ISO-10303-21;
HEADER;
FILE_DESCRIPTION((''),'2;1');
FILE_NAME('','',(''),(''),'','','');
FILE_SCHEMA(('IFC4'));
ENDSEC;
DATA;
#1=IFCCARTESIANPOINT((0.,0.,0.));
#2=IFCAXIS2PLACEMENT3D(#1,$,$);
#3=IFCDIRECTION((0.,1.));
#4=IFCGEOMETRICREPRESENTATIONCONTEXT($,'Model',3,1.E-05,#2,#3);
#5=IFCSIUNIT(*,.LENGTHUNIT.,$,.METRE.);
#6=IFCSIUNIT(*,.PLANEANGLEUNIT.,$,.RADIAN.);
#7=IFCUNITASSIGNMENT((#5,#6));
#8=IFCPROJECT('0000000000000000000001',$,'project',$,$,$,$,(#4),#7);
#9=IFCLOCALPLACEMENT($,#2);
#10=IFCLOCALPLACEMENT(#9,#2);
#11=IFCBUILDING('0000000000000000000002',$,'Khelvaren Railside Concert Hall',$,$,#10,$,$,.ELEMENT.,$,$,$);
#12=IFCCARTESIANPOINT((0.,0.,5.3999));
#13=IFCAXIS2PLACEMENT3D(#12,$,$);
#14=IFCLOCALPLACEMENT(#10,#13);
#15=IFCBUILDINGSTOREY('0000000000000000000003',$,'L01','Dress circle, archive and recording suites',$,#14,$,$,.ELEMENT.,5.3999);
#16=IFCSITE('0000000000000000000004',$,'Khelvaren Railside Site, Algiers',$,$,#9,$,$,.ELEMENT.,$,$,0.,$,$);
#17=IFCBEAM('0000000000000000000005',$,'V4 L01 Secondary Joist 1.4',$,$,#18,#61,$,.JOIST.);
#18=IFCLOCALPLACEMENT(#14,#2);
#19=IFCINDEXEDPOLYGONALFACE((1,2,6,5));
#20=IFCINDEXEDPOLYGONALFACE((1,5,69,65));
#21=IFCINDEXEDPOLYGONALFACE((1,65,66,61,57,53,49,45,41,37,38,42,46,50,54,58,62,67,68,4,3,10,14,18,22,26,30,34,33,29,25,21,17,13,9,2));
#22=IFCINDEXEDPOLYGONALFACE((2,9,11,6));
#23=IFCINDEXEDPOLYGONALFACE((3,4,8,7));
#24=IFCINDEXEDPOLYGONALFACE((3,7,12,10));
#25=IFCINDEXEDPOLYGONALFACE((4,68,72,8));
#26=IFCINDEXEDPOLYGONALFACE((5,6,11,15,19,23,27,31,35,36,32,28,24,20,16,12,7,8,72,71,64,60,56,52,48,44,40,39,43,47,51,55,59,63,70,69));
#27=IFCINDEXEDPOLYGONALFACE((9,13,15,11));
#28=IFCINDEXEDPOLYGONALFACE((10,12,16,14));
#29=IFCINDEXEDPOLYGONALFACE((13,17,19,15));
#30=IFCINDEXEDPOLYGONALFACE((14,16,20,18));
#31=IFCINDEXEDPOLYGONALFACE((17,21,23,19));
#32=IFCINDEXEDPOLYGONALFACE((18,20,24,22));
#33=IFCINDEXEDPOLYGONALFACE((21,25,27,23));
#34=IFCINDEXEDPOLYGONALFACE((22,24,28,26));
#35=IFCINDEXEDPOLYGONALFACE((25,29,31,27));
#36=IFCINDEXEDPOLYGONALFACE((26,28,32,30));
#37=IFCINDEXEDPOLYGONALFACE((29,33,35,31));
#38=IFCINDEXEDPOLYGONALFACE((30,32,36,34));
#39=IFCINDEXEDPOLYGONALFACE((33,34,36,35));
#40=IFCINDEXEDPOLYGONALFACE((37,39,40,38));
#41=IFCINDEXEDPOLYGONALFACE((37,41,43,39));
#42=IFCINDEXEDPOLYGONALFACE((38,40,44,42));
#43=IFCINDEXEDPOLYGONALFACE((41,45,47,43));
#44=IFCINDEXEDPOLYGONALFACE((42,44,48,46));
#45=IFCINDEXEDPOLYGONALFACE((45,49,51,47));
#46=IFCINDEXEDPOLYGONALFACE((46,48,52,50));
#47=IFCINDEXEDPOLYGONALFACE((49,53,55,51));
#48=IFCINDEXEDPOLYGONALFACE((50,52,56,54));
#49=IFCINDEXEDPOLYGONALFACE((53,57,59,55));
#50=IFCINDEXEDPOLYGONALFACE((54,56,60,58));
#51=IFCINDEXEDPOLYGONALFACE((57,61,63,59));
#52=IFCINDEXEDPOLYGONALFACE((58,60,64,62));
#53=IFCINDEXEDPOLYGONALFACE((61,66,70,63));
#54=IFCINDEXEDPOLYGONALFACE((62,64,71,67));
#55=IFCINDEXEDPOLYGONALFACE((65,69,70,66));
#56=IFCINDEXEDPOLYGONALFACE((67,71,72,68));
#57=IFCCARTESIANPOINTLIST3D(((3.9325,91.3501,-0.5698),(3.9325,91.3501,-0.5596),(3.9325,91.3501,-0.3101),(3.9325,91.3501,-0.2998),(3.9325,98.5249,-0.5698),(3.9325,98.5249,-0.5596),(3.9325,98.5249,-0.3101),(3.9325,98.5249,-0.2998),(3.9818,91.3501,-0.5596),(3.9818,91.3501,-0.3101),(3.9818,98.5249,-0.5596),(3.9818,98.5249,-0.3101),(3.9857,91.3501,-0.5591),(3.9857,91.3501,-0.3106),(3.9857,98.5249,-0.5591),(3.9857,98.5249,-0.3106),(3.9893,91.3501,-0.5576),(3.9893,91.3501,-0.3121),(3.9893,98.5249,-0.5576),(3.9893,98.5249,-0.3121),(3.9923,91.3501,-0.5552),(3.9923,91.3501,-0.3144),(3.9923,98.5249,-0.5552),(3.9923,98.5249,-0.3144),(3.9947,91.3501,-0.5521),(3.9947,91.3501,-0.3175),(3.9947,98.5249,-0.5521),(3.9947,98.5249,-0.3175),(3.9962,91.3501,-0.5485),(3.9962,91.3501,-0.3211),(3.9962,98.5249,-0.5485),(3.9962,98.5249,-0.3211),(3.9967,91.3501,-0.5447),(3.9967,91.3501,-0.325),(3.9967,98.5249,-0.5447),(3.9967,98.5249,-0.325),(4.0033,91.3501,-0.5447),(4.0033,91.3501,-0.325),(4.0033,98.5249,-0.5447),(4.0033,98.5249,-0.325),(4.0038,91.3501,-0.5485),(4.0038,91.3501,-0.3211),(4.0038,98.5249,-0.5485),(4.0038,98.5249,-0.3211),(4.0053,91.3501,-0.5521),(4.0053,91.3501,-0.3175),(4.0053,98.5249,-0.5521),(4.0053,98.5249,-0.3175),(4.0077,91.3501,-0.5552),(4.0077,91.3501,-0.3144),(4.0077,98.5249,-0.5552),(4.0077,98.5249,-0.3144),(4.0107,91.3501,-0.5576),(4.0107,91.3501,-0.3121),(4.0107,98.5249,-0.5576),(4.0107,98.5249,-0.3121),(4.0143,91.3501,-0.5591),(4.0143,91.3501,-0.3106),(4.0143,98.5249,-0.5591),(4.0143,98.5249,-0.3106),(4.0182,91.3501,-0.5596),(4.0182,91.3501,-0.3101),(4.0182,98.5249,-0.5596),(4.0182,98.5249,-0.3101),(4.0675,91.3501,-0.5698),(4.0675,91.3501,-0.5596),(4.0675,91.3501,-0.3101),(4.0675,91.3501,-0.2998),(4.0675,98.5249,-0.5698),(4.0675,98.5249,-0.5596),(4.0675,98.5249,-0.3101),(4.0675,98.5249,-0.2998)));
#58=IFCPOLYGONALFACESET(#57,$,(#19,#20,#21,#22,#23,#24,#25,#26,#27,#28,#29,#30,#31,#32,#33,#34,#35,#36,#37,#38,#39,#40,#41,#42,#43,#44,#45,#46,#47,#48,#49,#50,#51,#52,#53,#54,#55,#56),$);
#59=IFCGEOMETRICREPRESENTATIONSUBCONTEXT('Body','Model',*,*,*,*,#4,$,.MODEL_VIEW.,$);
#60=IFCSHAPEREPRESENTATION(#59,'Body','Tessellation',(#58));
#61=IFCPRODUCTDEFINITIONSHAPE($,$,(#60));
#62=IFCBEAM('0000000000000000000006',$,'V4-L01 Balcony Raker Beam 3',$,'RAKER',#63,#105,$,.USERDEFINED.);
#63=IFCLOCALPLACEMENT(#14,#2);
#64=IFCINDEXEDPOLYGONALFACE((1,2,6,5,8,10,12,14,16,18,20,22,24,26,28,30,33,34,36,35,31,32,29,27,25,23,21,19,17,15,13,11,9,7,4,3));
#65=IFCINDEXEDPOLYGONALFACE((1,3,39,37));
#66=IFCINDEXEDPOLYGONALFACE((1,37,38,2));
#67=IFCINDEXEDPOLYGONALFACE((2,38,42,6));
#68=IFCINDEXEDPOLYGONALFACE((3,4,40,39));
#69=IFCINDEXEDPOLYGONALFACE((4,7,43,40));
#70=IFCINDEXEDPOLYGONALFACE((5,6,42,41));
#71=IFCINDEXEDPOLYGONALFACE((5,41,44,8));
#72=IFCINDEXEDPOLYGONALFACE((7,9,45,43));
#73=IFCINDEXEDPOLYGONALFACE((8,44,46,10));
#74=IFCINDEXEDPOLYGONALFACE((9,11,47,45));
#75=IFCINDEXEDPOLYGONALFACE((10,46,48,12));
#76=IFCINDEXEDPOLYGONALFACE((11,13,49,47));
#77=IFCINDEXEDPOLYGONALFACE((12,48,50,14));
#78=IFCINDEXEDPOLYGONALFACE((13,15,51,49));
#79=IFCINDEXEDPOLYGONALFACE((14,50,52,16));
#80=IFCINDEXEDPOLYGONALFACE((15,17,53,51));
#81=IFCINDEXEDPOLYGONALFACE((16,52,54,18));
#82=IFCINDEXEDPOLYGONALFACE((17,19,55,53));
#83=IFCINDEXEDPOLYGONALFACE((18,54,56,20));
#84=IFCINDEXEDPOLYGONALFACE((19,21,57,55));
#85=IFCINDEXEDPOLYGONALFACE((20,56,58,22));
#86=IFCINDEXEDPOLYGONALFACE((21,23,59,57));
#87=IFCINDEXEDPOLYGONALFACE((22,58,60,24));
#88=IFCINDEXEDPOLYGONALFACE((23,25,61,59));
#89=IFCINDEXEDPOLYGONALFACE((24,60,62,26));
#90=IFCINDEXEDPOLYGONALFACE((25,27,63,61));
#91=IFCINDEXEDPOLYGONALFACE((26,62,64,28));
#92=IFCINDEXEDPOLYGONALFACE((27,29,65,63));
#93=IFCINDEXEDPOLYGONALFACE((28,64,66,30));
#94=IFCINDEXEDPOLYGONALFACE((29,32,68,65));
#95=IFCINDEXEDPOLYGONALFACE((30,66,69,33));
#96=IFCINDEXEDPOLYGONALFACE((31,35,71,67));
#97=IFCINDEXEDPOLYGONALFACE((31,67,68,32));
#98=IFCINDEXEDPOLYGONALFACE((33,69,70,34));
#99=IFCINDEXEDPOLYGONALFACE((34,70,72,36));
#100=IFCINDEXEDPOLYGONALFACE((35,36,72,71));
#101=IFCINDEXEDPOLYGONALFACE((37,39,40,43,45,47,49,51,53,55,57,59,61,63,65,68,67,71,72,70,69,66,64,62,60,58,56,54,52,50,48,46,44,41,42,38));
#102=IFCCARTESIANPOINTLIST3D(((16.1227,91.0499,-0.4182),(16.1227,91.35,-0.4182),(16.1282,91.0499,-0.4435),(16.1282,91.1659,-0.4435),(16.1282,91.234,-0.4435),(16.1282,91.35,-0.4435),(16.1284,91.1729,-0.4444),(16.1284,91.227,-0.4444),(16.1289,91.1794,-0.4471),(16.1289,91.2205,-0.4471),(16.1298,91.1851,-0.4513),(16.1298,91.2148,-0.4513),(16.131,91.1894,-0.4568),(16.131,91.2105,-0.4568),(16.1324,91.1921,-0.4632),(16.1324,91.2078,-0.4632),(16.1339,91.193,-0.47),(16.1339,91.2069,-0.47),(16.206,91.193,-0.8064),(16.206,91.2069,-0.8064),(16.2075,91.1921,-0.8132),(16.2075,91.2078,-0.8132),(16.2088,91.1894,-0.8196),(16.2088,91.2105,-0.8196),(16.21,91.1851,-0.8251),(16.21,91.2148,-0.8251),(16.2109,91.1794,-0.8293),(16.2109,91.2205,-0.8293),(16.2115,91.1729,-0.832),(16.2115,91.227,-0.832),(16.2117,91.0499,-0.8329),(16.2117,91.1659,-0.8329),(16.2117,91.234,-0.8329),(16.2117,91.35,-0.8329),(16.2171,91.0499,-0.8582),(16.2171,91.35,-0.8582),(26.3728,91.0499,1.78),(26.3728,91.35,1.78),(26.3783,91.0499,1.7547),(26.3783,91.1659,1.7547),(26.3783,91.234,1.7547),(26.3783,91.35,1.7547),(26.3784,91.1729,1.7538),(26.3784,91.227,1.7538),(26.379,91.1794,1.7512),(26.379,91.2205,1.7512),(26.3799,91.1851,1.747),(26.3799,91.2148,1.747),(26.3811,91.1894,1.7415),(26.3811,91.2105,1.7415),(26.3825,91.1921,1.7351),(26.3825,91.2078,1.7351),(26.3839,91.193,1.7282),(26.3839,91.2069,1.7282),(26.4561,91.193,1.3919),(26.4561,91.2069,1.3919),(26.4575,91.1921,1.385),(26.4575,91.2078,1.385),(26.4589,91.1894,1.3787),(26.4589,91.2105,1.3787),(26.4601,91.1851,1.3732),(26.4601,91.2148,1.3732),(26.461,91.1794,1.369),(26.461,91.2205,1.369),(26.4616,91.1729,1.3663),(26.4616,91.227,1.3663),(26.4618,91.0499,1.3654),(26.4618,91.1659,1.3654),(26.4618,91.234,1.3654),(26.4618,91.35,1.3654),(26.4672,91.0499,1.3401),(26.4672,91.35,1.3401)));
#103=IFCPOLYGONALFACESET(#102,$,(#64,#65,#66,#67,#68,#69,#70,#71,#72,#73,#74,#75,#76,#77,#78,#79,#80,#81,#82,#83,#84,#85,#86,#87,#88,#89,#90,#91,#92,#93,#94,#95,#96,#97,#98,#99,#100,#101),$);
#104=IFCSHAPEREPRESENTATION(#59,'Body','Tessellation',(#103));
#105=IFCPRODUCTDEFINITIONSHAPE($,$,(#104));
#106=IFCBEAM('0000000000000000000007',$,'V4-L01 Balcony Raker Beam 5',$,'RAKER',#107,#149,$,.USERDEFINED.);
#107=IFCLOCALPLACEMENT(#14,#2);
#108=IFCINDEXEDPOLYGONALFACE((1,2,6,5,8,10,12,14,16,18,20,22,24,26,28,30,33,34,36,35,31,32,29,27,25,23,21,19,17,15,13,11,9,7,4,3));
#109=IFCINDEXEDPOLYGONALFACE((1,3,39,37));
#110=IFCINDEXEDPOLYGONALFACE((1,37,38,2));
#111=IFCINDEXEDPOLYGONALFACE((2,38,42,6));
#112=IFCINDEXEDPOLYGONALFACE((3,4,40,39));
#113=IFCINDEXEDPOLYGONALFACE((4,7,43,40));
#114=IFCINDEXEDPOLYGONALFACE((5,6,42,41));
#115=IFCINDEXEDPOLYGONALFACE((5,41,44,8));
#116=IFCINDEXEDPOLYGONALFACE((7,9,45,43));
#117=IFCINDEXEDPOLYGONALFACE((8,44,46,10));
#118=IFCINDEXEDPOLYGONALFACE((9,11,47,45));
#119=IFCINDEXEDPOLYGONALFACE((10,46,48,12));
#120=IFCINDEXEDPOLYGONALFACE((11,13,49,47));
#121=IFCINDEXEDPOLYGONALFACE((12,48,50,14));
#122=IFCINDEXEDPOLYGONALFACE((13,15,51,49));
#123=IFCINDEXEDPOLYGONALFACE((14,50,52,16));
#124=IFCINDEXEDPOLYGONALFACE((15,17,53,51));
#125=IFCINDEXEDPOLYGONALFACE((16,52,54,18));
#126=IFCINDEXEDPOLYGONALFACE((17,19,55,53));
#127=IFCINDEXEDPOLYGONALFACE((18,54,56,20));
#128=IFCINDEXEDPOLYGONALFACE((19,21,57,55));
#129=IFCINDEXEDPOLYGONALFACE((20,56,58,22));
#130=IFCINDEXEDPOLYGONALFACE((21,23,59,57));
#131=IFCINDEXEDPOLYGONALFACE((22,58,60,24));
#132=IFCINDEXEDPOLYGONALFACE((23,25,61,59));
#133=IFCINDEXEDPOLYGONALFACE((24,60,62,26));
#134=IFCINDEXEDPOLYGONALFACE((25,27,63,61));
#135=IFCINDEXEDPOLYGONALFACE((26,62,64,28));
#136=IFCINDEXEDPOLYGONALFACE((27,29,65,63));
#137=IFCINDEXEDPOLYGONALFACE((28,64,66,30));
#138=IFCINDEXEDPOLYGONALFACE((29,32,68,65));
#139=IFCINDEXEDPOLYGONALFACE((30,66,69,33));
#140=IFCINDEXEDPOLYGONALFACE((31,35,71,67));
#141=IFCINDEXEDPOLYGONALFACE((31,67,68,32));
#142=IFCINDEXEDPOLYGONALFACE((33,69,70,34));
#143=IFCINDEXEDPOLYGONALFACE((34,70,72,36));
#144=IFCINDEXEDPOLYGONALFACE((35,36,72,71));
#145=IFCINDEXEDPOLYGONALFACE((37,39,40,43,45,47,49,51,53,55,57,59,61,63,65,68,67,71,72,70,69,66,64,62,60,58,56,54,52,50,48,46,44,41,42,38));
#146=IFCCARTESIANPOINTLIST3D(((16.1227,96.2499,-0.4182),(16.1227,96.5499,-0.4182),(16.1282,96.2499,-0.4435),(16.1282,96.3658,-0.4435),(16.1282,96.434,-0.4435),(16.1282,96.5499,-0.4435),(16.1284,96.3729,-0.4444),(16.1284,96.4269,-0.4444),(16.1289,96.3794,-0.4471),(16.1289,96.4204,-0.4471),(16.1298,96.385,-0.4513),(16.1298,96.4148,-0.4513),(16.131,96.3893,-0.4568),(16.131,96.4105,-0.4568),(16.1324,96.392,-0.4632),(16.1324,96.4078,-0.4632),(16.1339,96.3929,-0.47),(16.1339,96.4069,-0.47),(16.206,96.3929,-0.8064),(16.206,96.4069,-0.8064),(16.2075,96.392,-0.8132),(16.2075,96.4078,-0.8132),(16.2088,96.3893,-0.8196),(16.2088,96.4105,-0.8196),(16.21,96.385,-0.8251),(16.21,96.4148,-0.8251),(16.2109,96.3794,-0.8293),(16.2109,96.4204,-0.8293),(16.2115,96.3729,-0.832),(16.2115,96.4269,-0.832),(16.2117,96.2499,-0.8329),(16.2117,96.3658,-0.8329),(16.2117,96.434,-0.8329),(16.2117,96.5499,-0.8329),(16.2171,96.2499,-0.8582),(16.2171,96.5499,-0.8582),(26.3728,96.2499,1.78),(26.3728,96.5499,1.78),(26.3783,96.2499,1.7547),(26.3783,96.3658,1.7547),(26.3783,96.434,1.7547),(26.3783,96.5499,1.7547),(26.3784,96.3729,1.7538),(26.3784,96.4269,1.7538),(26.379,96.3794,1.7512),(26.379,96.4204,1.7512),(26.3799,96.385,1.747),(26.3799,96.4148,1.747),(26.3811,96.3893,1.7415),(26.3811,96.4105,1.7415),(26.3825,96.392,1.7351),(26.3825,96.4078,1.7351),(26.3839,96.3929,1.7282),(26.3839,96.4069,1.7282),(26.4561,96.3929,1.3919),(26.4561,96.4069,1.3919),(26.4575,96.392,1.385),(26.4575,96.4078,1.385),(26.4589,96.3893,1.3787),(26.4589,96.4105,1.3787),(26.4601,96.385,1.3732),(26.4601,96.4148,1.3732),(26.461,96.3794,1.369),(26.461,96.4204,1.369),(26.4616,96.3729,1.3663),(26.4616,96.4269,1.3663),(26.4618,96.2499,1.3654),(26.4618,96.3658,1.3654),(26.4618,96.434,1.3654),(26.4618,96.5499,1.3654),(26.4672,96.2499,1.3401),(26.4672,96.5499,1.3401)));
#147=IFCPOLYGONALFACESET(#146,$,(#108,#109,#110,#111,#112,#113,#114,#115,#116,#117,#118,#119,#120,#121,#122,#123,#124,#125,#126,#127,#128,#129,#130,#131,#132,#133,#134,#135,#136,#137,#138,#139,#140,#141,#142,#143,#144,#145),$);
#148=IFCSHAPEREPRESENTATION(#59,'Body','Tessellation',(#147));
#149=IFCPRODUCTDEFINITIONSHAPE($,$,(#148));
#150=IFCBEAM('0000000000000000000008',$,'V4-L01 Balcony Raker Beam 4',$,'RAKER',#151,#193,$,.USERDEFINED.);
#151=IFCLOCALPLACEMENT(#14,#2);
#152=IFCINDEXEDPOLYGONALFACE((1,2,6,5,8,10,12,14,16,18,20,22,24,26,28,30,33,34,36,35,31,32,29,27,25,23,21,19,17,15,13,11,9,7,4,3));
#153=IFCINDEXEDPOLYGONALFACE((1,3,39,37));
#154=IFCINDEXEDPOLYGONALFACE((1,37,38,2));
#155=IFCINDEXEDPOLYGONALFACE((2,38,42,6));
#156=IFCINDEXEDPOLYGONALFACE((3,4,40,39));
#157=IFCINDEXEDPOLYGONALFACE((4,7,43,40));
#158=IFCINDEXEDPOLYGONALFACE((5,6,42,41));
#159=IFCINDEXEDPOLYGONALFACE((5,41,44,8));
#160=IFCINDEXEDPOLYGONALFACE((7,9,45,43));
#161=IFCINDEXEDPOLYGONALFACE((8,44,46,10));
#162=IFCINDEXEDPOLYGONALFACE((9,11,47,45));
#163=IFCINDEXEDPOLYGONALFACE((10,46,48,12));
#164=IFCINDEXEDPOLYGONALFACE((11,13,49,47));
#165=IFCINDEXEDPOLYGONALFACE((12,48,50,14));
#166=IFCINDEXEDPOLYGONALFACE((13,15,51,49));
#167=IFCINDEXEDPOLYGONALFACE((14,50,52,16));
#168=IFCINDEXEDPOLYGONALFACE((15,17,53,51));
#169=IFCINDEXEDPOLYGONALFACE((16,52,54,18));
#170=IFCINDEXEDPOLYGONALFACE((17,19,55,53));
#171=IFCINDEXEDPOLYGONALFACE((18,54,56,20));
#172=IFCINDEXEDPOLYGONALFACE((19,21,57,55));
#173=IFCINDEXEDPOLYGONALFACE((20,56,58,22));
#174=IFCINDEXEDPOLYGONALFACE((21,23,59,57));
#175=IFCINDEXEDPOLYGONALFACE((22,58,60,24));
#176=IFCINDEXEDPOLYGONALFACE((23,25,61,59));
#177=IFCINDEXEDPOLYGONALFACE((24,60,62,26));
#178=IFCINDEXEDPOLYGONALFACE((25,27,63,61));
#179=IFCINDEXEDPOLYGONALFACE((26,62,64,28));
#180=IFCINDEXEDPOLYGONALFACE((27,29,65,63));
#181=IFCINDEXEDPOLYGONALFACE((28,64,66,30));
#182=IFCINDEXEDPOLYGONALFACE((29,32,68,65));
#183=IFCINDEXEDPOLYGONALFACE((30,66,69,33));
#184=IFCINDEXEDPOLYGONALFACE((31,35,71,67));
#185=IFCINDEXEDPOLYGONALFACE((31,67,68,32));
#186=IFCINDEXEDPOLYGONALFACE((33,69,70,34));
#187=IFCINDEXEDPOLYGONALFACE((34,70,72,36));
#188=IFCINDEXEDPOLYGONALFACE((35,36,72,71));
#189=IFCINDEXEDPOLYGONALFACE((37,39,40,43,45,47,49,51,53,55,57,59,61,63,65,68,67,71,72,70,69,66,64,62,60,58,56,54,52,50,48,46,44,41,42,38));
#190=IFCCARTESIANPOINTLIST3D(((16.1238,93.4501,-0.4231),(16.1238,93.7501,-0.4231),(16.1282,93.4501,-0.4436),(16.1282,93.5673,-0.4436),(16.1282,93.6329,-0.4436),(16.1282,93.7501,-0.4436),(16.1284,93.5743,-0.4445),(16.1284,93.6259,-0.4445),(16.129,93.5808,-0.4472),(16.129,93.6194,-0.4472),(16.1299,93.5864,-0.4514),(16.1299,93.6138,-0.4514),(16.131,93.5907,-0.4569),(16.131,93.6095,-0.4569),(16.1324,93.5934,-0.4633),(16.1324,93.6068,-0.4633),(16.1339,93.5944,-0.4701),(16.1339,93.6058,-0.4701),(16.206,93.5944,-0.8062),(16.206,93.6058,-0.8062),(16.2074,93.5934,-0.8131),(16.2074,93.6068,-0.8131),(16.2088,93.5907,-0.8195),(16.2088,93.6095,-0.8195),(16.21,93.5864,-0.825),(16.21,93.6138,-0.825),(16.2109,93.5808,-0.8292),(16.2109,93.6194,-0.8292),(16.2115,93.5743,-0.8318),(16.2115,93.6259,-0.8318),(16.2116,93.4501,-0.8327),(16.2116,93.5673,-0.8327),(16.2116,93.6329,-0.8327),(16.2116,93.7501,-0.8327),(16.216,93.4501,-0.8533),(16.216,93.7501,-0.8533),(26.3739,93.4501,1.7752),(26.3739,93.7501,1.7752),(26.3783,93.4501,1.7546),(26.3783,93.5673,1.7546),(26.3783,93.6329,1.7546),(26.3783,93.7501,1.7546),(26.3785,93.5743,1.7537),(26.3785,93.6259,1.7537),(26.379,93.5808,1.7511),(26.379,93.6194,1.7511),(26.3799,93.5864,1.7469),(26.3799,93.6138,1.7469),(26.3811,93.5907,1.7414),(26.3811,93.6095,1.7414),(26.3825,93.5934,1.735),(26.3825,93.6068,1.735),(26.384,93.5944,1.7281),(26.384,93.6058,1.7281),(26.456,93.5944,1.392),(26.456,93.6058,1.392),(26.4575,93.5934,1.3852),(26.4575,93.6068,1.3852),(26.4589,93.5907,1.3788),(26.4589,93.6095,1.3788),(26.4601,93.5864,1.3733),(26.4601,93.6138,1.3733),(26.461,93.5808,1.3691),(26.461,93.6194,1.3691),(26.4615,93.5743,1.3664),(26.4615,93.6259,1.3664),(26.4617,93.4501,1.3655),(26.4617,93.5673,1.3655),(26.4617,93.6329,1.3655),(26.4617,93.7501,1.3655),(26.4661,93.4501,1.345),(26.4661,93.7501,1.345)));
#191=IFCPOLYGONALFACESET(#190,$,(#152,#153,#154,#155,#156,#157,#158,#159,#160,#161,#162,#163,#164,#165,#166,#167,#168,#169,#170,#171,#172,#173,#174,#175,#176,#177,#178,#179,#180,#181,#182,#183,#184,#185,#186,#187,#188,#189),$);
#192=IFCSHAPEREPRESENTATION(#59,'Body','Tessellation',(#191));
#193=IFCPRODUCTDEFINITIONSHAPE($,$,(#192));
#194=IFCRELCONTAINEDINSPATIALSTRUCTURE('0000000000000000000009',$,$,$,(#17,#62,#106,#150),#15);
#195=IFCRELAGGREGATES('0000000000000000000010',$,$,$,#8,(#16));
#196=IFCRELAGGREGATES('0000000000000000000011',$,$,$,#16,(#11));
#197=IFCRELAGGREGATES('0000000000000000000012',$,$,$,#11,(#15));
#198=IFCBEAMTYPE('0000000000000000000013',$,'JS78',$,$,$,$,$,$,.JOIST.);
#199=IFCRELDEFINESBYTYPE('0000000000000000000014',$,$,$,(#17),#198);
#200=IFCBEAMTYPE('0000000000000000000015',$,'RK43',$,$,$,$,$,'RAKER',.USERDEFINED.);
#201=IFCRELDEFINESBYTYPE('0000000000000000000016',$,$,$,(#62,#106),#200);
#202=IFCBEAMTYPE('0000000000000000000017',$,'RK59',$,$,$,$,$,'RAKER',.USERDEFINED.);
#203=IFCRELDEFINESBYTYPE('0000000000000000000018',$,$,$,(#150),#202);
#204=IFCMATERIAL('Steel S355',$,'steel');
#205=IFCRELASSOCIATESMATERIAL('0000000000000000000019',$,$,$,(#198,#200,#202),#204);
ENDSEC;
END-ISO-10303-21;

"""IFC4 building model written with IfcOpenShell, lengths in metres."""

from ifc_helpers import new_model, si_unit, direction, frame, origin, origin_2d, place, context, subcontext, project, spatial, i_section, extrude, material, material_profile, profile_set, type_object, element, save


model = new_model("IFC4")

# Units and contexts
model_context = context("Model", 3, precision=1e-05, world=origin(), true_north=direction((0.0, 1.0)))
body_context = subcontext(model_context, "Body", "Model", "MODEL_VIEW")
ifc_project = project(units=[si_unit("LENGTHUNIT", "METRE"), si_unit("PLANEANGLEUNIT", "RADIAN")], contexts=[model_context])

# Site, building, storey
site_placement = place(None, origin())
site = spatial("IfcSite", under=ifc_project, at=site_placement, Name="Khelvaren Railside Site, Algiers", CompositionType="ELEMENT", RefElevation=0.0)
building_placement = place(site_placement, origin())
building = spatial("IfcBuilding", under=site, at=building_placement, Name="Khelvaren Railside Concert Hall", CompositionType="ELEMENT")
storey_placement = place(building_placement, frame((0.0, 0.0, 5.3999)))
storey = spatial("IfcBuildingStorey", under=building, at=storey_placement, Name="L01", Description="Dress circle, archive and recording suites", CompositionType="ELEMENT", Elevation=5.3999)

# Shared definitions
ifc_material_1 = material(Name="Steel S355", Category="steel")

# Beams
ifc_material_profile_1 = material_profile(ifc_material_1, i_section(OverallWidth=0.135, OverallDepth=0.27, WebThickness=0.0066, FlangeThickness=0.0103, FilletRadius=0.0149, at=origin_2d()), Name="IPE 270")
ifc_profile_set_1 = profile_set([ifc_material_profile_1], Name="Steel S355")
beam_type_1 = type_object("IfcBeamType", Name="JS78", PredefinedType="JOIST", material=ifc_profile_set_1)
beam_1_placement = place(storey_placement, frame((4.0, 91.3501, -0.4348), z_axis=(0.0, 1.0, 0.0), x_axis=(-1.0, 0.0, 0.0)))
element("IfcBeam", 1, at=beam_1_placement, inside=storey, type_object=beam_type_1, Name="V4 L01 Secondary Joist 1.4", PredefinedType="JOIST", context=body_context, shape_type="SweptSolid", body=[
    extrude(i_section(OverallWidth=0.135, OverallDepth=0.27, WebThickness=0.0066, FlangeThickness=0.0103, FilletRadius=0.0149, at=origin_2d()), origin(), (0.0, 0.0, 1.0), 7.1748),
])
ifc_material_profile_2 = material_profile(ifc_material_1, i_section(OverallWidth=0.3, OverallDepth=0.45, WebThickness=0.0139, FlangeThickness=0.0259, FilletRadius=0.0271, at=origin_2d()), Name="HEB 450")
ifc_profile_set_2 = profile_set([ifc_material_profile_2], Name="Steel S355")
beam_type_2 = type_object("IfcBeamType", Name="RK43", ElementType="RAKER", PredefinedType="USERDEFINED", material=ifc_profile_set_2)
for number, where, z_axis, x_axis, name in (
    (2, (16.1699, 91.2, -0.6382), (0.977767, 0.0, 0.209694), (0.0, 1.0, 0.0), "V4-L01 Balcony Raker Beam 3"),
    (3, (16.1699, 96.3999, -0.6382), (0.977767, 0.0, 0.209694), (0.0, 1.0, 0.0), "V4-L01 Balcony Raker Beam 5"),
):
    element("IfcBeam", number, at=place(storey_placement, frame(where, z_axis=z_axis, x_axis=x_axis)), inside=storey, type_object=beam_type_2, Name=name, ObjectType="RAKER", PredefinedType="USERDEFINED", context=body_context, shape_type="SweptSolid", body=[
        extrude(i_section(OverallWidth=0.3, OverallDepth=0.45, WebThickness=0.0139, FlangeThickness=0.0259, FilletRadius=0.0271, at=origin_2d()), origin(), (0.0, 0.0, 1.0), 10.4832),
    ])
ifc_material_profile_3 = material_profile(ifc_material_1, i_section(OverallWidth=0.3, OverallDepth=0.4399, WebThickness=0.0115, FlangeThickness=0.021, FilletRadius=0.0271, at=origin_2d()), Name="HEA 450")
ifc_profile_set_3 = profile_set([ifc_material_profile_3], Name="Steel S355")
beam_type_3 = type_object("IfcBeamType", Name="RK59", ElementType="RAKER", PredefinedType="USERDEFINED", material=ifc_profile_set_3)
beam_2_placement = place(storey_placement, frame((16.1699, 93.6001, -0.6382), z_axis=(0.977767, 0.0, 0.209694), x_axis=(0.0, 1.0, 0.0)))
element("IfcBeam", 4, at=beam_2_placement, inside=storey, type_object=beam_type_3, Name="V4-L01 Balcony Raker Beam 4", ObjectType="RAKER", PredefinedType="USERDEFINED", context=body_context, shape_type="SweptSolid", body=[
    extrude(i_section(OverallWidth=0.3, OverallDepth=0.4399, WebThickness=0.0115, FlangeThickness=0.021, FilletRadius=0.0271, at=origin_2d()), origin(), (0.0, 0.0, 1.0), 10.4832),
])

save(model, "model.ifc")
